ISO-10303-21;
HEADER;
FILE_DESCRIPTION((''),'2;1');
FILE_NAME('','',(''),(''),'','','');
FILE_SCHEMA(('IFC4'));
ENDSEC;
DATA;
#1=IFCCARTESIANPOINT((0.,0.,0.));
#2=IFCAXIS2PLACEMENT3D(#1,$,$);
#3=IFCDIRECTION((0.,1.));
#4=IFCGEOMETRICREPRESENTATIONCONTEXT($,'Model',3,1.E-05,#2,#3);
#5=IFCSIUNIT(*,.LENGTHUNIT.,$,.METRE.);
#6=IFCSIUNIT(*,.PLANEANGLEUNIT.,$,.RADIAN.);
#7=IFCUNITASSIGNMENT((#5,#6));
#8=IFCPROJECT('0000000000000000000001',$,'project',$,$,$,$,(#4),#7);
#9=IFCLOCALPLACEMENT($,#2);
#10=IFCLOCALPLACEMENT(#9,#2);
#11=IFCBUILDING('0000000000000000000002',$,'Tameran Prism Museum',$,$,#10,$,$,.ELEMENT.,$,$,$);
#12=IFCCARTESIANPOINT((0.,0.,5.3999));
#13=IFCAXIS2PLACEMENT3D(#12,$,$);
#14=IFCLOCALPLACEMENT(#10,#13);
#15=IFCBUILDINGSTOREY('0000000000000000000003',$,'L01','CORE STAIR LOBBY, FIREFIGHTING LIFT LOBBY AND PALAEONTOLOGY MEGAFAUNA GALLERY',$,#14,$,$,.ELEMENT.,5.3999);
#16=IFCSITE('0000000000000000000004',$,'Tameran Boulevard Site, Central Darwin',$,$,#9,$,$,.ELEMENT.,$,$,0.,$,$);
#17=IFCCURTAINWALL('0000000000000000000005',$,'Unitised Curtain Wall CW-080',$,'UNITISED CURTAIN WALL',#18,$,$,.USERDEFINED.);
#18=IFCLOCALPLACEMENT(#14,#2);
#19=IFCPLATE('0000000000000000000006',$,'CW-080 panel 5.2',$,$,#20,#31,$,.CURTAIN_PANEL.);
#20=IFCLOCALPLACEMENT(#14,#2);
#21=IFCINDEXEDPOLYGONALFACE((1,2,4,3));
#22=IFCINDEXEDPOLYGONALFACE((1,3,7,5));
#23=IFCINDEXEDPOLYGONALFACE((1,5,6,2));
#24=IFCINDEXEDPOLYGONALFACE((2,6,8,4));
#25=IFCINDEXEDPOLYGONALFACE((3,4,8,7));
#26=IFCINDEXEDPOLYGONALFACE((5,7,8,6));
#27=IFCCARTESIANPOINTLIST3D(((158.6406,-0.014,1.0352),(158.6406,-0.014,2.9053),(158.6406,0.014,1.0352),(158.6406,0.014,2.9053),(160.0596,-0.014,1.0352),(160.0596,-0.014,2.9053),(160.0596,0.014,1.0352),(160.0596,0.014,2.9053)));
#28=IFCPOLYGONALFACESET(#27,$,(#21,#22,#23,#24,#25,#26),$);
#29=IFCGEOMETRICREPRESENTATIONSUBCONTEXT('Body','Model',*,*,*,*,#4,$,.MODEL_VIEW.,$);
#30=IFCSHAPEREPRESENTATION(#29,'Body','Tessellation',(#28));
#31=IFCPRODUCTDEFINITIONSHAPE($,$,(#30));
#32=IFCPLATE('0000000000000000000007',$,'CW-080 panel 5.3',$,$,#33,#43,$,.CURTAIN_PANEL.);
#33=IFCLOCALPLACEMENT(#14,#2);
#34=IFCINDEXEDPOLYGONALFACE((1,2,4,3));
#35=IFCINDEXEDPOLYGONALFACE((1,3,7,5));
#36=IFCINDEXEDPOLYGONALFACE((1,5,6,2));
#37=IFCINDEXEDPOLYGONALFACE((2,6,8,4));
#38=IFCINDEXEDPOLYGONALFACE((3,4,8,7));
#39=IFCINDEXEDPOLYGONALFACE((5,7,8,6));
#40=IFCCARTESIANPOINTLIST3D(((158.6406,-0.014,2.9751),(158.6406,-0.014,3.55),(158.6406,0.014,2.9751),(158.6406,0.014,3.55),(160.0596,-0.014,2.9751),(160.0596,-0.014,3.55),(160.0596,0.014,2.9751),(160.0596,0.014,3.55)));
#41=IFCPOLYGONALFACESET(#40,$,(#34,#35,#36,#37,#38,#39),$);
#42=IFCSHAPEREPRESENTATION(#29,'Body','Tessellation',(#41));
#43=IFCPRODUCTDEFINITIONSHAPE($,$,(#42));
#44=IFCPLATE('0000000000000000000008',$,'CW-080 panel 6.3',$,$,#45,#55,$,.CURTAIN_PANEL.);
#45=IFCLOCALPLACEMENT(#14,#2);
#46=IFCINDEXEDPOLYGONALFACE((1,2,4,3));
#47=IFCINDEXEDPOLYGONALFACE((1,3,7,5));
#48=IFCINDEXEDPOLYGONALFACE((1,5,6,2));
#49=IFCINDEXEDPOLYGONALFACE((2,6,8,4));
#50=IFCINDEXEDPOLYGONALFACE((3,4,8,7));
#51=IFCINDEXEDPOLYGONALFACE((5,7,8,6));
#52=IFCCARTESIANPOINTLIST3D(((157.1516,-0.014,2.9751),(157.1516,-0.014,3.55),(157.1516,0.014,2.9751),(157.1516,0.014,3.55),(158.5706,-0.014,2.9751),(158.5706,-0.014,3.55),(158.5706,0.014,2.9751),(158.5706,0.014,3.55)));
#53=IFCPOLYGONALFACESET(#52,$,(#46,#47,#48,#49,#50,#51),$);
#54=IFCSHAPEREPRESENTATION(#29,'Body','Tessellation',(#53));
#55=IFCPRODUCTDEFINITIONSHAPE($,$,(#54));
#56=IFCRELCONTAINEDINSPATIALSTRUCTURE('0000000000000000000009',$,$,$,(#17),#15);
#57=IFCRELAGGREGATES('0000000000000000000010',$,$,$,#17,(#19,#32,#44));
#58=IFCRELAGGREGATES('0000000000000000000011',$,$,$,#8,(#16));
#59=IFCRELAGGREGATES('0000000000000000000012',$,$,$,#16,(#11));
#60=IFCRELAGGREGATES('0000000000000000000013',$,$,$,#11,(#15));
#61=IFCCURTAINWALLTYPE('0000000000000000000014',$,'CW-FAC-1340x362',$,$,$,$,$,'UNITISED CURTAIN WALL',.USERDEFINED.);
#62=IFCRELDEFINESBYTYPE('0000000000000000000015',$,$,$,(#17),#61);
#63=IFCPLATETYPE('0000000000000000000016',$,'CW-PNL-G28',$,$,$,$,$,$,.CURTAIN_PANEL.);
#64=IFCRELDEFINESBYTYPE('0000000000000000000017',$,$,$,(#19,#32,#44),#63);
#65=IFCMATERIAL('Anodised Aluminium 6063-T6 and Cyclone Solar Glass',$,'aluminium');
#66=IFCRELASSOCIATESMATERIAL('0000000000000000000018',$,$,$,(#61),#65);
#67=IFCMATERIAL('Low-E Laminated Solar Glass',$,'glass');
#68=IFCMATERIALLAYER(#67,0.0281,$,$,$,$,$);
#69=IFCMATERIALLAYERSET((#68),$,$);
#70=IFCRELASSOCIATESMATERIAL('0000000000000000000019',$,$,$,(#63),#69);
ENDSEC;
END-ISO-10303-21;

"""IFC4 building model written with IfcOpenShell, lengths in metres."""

from ifc_helpers import new_model, si_unit, direction, frame, origin, origin_2d, place, context, subcontext, project, spatial, rectangle, extrude, material, layer, layer_set, type_object, element, aggregate, save


model = new_model("IFC4")

# Units and contexts
model_context = context("Model", 3, precision=1e-05, world=origin(), true_north=direction((0.0, 1.0)))
body_context = subcontext(model_context, "Body", "Model", "MODEL_VIEW")
ifc_project = project(units=[si_unit("LENGTHUNIT", "METRE"), si_unit("PLANEANGLEUNIT", "RADIAN")], contexts=[model_context])

# Site, building, storey
site_placement = place(None, origin())
site = spatial("IfcSite", under=ifc_project, at=site_placement, Name="Tameran Boulevard Site, Central Darwin", CompositionType="ELEMENT", RefElevation=0.0)
building_placement = place(site_placement, origin())
building = spatial("IfcBuilding", under=site, at=building_placement, Name="Tameran Prism Museum", CompositionType="ELEMENT")
storey_placement = place(building_placement, frame((0.0, 0.0, 5.3999)))
storey = spatial("IfcBuildingStorey", under=building, at=storey_placement, Name="L01", Description="CORE STAIR LOBBY, FIREFIGHTING LIFT LOBBY AND PALAEONTOLOGY MEGAFAUNA GALLERY", CompositionType="ELEMENT", Elevation=5.3999)

# Curtain wall, plates
ifc_material_1 = material(Name="Anodised Aluminium 6063-T6 and Cyclone Solar Glass", Category="aluminium")
curtain_wall_type = type_object("IfcCurtainWallType", Name="CW-FAC-1340x362", ElementType="UNITISED CURTAIN WALL", PredefinedType="USERDEFINED", material=ifc_material_1)
curtain_wall_placement = place(storey_placement, origin())
curtain_wall = element("IfcCurtainWall", 1, at=curtain_wall_placement, inside=storey, type_object=curtain_wall_type, Name="Unitised Curtain Wall CW-080", ObjectType="UNITISED CURTAIN WALL", PredefinedType="USERDEFINED")
ifc_material_2 = material(Name="Low-E Laminated Solar Glass", Category="glass")
ifc_layer = layer(ifc_material_2, 0.0281)
ifc_layer_set = layer_set([ifc_layer])
plate_type = type_object("IfcPlateType", Name="CW-PNL-G28", PredefinedType="CURTAIN_PANEL", material=ifc_layer_set)
plate_1_placement = place(storey_placement, frame((159.3501, 0.0, 1.0352), z_axis=(0.0, 0.0, 1.0), x_axis=(-1.0, 0.0, 0.0)))
plate_1 = element("IfcPlate", 2, at=plate_1_placement, type_object=plate_type, Name="CW-080 panel 5.2", PredefinedType="CURTAIN_PANEL", context=body_context, shape_type="SweptSolid", body=[
    extrude(rectangle(XDim=1.4189, YDim=0.0281, at=origin_2d()), origin(), (0.0, 0.0, 1.0), 1.8701),
])
plate_2_placement = place(storey_placement, frame((159.3501, 0.0, 2.9751), z_axis=(0.0, 0.0, 1.0), x_axis=(-1.0, 0.0, 0.0)))
plate_2 = element("IfcPlate", 3, at=plate_2_placement, type_object=plate_type, Name="CW-080 panel 5.3", PredefinedType="CURTAIN_PANEL", context=body_context, shape_type="SweptSolid", body=[
    extrude(rectangle(XDim=1.4189, YDim=0.0281, at=origin_2d()), origin(), (0.0, 0.0, 1.0), 0.575),
])
plate_3_placement = place(storey_placement, frame((157.8611, 0.0, 2.9751), z_axis=(0.0, 0.0, 1.0), x_axis=(-1.0, 0.0, 0.0)))
plate_3 = element("IfcPlate", 4, at=plate_3_placement, type_object=plate_type, Name="CW-080 panel 6.3", PredefinedType="CURTAIN_PANEL", context=body_context, shape_type="SweptSolid", body=[
    extrude(rectangle(XDim=1.4189, YDim=0.0281, at=origin_2d()), origin(), (0.0, 0.0, 1.0), 0.575),
])
aggregate(curtain_wall, [plate_1, plate_2, plate_3])

save(model, "model.ifc")
